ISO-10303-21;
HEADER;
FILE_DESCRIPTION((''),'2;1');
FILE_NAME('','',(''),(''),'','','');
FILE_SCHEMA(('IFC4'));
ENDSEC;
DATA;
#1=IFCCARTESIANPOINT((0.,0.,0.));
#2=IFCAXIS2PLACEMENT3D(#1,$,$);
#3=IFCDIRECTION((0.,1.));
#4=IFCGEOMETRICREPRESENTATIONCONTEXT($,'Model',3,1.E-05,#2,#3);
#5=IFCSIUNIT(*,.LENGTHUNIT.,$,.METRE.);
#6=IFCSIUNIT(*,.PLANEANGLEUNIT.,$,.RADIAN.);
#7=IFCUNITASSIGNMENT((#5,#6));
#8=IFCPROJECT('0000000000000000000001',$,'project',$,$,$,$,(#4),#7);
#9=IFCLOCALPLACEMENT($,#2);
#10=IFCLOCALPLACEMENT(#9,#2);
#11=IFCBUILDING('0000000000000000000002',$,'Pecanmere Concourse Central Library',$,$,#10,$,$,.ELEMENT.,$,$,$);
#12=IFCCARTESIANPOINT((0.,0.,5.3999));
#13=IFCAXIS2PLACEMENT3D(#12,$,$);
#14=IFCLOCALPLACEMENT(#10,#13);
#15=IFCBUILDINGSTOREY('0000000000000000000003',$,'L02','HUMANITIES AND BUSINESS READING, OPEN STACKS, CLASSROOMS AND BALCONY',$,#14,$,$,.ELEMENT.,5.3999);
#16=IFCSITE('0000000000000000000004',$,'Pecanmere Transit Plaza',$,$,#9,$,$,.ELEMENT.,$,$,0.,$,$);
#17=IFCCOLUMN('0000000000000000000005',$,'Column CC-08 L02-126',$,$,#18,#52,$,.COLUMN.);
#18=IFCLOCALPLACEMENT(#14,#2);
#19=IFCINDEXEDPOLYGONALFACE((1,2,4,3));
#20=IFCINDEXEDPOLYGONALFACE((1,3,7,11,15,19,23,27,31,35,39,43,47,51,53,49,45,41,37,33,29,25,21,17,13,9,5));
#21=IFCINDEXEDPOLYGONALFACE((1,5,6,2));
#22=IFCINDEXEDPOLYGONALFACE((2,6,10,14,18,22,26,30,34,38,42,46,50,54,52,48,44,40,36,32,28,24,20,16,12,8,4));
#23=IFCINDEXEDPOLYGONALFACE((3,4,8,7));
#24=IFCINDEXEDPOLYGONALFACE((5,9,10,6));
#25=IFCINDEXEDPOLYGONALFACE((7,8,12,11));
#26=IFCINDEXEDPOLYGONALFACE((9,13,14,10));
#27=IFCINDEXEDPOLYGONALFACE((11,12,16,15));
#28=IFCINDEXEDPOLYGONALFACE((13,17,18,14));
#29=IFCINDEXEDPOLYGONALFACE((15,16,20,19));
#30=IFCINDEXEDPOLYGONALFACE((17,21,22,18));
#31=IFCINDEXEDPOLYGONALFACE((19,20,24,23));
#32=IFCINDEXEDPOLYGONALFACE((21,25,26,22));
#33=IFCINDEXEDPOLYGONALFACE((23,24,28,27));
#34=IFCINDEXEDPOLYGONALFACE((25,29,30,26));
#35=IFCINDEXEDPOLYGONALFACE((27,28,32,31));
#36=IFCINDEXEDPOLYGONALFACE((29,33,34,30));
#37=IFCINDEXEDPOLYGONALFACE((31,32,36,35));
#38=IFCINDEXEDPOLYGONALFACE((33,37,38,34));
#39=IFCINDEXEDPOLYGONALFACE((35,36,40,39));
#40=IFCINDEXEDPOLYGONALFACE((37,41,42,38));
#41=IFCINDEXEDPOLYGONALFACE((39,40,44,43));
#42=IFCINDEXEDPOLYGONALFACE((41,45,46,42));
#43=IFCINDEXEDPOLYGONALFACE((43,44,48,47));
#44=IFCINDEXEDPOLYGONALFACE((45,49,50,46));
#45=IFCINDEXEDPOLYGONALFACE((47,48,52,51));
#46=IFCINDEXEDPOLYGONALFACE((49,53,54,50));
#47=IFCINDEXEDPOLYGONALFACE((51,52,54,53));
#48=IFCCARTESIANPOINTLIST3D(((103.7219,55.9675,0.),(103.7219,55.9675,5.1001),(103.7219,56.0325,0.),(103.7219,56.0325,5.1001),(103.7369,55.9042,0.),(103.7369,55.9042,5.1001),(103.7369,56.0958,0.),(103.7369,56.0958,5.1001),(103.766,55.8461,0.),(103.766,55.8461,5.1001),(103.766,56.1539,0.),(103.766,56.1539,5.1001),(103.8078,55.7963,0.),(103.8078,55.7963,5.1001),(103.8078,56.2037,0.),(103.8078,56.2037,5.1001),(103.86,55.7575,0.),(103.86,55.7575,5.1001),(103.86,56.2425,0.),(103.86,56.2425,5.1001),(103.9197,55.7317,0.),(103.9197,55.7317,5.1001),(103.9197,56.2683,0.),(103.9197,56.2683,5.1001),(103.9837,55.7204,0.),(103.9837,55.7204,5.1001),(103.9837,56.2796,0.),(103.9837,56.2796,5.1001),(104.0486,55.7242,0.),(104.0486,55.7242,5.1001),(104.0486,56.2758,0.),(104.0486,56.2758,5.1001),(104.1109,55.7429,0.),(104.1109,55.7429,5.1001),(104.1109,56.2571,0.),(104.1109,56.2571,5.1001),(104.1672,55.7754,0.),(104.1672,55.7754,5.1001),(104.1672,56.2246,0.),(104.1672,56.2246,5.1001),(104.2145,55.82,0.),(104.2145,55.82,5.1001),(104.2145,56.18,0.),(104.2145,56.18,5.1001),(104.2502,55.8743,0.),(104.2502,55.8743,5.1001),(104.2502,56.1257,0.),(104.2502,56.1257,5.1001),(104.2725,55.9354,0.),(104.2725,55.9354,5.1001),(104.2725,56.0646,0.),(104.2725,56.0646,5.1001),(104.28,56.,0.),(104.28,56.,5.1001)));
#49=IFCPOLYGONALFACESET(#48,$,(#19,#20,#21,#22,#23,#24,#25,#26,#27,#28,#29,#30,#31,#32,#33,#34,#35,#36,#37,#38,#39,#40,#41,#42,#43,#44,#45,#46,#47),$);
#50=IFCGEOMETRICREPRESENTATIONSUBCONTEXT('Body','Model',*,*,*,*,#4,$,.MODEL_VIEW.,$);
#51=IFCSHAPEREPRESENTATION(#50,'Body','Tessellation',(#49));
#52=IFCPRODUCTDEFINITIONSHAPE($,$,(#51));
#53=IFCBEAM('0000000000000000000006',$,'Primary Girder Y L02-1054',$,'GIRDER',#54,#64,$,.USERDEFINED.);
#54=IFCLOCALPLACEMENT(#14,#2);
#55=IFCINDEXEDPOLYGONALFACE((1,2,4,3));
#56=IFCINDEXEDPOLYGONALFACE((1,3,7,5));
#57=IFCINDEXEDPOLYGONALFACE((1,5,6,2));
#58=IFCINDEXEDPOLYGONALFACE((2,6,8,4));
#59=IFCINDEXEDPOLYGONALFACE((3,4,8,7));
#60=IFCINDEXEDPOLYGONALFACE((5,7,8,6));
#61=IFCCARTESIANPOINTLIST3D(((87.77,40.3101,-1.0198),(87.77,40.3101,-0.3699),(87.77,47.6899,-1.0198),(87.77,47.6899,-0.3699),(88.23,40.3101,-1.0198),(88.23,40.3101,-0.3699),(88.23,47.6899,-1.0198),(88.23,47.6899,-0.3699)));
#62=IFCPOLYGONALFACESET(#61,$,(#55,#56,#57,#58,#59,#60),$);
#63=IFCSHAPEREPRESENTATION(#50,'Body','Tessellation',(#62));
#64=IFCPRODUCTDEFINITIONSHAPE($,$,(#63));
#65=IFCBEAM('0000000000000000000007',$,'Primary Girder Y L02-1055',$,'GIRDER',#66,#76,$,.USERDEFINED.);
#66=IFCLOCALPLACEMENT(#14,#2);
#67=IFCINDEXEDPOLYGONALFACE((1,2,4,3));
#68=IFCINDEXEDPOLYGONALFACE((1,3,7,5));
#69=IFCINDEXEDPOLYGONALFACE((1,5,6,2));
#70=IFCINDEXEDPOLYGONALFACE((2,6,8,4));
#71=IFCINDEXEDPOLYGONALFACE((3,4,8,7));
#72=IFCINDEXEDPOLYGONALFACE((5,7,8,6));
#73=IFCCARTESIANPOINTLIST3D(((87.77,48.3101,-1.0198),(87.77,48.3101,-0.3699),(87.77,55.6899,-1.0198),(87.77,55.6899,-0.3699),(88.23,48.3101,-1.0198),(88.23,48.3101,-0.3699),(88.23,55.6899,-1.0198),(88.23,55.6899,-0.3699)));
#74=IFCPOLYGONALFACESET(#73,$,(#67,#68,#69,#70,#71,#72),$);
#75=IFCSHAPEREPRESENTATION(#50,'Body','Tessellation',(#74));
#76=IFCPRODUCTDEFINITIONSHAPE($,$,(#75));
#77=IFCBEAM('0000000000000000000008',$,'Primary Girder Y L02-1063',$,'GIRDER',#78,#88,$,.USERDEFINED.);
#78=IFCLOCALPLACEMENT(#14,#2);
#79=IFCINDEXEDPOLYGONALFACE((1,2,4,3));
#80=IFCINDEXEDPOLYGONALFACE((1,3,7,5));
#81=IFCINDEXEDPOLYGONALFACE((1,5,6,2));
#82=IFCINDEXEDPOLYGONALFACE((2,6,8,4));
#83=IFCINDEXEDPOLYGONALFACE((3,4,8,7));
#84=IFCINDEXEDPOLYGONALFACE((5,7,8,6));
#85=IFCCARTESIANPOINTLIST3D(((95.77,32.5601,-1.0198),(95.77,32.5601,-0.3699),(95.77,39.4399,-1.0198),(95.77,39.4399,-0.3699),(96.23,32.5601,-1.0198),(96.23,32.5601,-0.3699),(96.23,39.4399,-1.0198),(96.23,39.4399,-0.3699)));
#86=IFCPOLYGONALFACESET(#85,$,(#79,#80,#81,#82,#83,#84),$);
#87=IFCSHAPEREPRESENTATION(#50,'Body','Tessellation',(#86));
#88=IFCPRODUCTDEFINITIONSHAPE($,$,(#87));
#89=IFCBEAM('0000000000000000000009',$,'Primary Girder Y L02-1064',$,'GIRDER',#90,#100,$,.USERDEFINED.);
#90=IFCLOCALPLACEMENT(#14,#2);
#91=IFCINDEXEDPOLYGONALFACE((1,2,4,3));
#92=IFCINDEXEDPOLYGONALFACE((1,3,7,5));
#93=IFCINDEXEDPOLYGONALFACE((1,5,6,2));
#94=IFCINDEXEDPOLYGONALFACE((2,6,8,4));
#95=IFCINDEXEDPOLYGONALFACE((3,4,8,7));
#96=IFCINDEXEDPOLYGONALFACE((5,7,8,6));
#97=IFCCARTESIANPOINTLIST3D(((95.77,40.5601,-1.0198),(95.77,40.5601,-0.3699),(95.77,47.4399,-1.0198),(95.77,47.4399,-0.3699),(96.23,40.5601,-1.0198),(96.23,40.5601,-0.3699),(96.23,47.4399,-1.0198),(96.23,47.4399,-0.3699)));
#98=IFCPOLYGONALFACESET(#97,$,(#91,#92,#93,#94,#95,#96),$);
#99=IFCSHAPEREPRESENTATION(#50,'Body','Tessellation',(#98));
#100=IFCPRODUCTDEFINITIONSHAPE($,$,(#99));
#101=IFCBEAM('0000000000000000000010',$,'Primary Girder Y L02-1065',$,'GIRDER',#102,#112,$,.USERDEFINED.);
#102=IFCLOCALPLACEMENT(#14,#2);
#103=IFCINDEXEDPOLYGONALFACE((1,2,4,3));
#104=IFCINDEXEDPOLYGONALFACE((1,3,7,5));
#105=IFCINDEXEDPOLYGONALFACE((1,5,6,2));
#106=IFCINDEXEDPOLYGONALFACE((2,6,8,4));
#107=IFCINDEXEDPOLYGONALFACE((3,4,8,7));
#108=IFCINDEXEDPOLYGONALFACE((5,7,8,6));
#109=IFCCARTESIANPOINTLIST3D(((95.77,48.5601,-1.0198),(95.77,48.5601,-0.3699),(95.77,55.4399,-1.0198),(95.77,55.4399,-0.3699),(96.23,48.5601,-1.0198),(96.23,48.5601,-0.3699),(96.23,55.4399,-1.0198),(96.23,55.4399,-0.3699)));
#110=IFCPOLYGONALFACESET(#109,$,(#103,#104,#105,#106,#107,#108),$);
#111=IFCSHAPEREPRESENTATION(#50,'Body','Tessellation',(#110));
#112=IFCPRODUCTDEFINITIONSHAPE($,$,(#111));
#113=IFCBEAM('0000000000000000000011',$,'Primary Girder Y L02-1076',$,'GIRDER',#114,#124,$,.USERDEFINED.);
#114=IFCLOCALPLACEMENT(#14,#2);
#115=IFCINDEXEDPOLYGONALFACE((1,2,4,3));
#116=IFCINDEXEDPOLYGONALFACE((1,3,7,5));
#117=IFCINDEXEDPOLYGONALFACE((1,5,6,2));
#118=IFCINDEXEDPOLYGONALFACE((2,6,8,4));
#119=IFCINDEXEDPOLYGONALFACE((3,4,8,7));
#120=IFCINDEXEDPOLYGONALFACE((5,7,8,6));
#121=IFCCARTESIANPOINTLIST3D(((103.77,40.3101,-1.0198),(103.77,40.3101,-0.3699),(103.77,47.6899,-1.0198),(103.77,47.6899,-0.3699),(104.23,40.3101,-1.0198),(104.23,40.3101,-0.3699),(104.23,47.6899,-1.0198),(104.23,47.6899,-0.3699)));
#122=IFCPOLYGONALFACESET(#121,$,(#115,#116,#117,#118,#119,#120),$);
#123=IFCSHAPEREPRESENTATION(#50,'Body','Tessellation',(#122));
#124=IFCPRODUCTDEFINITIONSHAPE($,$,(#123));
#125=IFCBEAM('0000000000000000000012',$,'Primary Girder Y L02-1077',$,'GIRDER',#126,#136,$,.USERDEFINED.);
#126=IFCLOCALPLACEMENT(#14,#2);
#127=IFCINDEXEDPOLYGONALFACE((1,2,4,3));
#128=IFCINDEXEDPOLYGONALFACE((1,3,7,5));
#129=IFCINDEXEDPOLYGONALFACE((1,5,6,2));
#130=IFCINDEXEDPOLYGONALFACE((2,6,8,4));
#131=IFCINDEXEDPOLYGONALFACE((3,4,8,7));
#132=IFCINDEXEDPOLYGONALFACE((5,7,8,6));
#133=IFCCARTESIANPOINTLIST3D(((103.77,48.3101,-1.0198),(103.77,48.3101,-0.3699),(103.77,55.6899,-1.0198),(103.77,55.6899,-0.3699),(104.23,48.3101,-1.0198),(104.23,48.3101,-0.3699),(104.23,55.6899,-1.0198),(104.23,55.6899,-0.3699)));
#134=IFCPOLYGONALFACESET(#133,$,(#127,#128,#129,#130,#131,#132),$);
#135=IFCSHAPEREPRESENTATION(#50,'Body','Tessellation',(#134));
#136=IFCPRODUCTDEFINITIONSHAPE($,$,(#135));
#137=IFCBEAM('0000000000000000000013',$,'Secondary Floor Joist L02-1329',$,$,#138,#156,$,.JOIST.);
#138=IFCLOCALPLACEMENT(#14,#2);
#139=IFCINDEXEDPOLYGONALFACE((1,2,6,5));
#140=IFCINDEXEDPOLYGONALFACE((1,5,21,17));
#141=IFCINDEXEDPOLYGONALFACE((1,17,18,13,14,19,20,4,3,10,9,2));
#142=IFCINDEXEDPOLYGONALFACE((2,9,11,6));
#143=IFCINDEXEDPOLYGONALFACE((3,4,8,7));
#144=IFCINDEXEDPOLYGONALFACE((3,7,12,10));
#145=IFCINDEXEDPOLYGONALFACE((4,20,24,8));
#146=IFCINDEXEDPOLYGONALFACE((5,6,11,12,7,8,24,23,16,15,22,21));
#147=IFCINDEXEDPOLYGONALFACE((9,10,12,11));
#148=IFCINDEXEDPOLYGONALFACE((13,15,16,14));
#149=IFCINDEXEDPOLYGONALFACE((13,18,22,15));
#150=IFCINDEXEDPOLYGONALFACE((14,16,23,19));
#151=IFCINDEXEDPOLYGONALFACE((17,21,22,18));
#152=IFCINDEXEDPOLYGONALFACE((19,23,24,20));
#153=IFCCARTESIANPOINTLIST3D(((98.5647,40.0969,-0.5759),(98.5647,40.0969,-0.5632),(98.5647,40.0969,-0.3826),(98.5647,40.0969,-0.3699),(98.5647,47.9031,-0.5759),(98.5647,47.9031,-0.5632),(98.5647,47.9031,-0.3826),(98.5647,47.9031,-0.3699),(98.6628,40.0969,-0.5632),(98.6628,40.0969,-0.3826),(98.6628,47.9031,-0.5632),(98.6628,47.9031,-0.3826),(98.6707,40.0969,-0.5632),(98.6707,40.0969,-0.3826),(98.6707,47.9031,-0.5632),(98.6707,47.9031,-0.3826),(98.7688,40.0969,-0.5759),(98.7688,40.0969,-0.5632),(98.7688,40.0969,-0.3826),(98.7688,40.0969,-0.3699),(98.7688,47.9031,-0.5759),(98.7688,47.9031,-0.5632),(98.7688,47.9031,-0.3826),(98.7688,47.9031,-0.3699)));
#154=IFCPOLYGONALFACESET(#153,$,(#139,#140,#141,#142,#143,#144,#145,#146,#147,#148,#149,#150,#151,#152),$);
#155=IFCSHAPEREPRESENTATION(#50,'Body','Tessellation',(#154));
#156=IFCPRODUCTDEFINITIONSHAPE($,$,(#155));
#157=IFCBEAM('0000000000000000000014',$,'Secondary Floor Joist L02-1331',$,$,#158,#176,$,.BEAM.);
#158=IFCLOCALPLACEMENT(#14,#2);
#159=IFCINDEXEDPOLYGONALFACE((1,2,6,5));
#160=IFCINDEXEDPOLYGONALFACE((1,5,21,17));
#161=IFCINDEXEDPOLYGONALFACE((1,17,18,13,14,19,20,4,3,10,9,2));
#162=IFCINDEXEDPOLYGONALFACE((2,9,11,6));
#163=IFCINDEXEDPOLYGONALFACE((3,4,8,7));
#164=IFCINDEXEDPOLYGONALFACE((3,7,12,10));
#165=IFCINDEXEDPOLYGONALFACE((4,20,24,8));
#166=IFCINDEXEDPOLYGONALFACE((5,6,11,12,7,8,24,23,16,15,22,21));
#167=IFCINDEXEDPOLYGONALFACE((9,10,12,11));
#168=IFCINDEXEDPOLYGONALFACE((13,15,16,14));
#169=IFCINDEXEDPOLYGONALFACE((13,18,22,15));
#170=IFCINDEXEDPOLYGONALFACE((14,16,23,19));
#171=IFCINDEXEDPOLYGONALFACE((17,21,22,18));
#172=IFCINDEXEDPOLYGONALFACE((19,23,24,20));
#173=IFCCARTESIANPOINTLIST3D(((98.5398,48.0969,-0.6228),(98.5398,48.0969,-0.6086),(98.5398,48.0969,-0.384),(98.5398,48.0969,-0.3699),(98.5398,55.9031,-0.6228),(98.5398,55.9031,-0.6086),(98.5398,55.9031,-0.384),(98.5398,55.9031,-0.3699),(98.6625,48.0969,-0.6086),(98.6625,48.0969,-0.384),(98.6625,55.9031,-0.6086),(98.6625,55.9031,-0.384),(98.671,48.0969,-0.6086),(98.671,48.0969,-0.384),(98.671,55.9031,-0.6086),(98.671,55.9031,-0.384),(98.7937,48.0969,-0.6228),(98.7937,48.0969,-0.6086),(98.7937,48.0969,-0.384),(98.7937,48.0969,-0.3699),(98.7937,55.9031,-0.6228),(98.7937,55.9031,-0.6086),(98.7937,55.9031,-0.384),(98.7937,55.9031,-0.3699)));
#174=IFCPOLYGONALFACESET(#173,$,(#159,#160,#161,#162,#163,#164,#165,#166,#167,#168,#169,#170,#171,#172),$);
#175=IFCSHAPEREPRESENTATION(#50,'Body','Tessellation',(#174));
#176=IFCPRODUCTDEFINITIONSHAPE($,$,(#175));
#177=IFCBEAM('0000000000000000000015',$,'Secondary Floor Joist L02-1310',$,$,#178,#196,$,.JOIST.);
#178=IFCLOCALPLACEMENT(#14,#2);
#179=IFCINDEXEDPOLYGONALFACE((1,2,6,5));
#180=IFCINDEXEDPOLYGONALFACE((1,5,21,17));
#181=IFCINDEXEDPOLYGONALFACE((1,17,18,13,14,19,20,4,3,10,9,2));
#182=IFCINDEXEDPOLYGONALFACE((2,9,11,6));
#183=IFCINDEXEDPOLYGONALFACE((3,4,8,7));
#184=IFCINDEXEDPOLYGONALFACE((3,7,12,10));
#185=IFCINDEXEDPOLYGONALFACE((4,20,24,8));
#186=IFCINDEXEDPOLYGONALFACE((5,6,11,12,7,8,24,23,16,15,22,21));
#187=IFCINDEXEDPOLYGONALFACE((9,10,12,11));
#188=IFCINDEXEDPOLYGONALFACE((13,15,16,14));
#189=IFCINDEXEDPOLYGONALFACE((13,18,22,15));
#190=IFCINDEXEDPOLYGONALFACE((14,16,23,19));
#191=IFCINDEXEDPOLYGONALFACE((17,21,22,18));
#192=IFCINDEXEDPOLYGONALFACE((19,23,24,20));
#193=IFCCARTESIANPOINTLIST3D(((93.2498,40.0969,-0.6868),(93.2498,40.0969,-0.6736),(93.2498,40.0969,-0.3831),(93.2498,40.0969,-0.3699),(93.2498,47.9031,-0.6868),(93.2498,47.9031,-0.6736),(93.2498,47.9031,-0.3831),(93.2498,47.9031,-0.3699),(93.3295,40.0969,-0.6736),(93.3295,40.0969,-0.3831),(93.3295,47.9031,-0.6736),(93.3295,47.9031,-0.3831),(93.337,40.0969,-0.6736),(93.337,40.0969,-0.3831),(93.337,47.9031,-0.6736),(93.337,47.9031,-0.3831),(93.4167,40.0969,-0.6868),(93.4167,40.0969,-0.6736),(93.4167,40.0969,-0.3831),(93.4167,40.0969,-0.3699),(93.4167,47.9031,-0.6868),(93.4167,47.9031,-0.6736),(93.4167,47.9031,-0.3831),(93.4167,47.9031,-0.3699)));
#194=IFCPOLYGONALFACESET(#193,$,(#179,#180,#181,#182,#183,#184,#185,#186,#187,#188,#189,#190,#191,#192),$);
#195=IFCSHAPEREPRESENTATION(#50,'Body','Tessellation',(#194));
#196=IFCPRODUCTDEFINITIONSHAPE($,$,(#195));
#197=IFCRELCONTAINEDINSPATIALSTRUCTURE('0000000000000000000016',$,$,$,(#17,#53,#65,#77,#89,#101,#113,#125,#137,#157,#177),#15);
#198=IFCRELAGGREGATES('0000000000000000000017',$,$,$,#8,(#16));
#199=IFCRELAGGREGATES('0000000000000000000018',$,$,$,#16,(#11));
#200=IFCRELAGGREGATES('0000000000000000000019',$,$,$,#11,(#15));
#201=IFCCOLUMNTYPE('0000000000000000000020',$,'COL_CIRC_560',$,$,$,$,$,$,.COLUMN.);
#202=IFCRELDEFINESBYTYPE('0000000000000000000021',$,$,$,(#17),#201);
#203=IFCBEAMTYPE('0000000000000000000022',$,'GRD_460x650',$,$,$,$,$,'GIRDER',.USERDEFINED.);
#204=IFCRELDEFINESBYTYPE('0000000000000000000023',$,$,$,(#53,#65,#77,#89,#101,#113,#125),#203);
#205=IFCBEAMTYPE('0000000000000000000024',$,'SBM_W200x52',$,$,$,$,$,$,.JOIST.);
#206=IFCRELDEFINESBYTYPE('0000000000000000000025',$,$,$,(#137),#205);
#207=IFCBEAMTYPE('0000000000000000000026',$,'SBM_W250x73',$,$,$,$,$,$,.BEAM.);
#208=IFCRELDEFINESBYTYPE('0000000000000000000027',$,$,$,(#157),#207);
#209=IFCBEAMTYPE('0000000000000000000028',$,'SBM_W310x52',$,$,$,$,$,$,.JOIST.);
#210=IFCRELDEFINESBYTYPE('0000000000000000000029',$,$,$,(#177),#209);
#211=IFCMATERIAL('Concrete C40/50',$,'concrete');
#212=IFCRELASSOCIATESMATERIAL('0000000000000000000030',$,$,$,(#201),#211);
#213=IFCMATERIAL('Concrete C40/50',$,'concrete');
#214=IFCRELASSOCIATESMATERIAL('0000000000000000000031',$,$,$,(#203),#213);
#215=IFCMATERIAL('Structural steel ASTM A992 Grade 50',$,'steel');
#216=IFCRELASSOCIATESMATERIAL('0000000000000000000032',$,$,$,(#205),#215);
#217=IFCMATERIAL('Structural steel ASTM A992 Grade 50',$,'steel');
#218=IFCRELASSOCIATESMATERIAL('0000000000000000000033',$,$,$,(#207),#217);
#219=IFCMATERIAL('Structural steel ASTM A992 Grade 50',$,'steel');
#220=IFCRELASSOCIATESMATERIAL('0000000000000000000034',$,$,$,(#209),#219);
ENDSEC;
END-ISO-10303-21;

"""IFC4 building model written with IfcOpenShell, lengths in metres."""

from ifc_helpers import new_model, si_unit, direction, frame, origin, origin_2d, place, context, subcontext, project, spatial, rectangle, circle, i_section, extrude, material, material_profile, profile_set, type_object, element, save


model = new_model("IFC4")

# Units and contexts
model_context = context("Model", 3, precision=1e-05, world=origin(), true_north=direction((0.0, 1.0)))
body_context = subcontext(model_context, "Body", "Model", "MODEL_VIEW")
ifc_project = project(units=[si_unit("LENGTHUNIT", "METRE"), si_unit("PLANEANGLEUNIT", "RADIAN")], contexts=[model_context])

# Site, building, storey
site_placement = place(None, origin())
site = spatial("IfcSite", under=ifc_project, at=site_placement, Name="Pecanmere Transit Plaza", CompositionType="ELEMENT", RefElevation=0.0)
building_placement = place(site_placement, origin())
building = spatial("IfcBuilding", under=site, at=building_placement, Name="Pecanmere Concourse Central Library", CompositionType="ELEMENT")
storey_placement = place(building_placement, frame((0.0, 0.0, 5.3999)))
storey = spatial("IfcBuildingStorey", under=building, at=storey_placement, Name="L02", Description="HUMANITIES AND BUSINESS READING, OPEN STACKS, CLASSROOMS AND BALCONY", CompositionType="ELEMENT", Elevation=5.3999)

# Column
ifc_material_1 = material(Name="Concrete C40/50", Category="concrete")
ifc_material_profile_1 = material_profile(ifc_material_1, circle(Radius=0.28, at=origin_2d()), Name="RC D560")
ifc_profile_set_1 = profile_set([ifc_material_profile_1], Name="Concrete C40/50")
column_type = type_object("IfcColumnType", Name="COL_CIRC_560", PredefinedType="COLUMN", material=ifc_profile_set_1)
for number, where, z_axis, x_axis, name in (
    (1, (104.0, 56.0, 0.0), (0.0, 0.0, 1.0), (1.0, 0.0, 0.0), "Column CC-08 L02-126"),
):
    element("IfcColumn", number, at=place(storey_placement, frame(where, z_axis=z_axis, x_axis=x_axis)), inside=storey, type_object=column_type, Name=name, PredefinedType="COLUMN", context=body_context, shape_type="SweptSolid", body=[
        extrude(circle(Radius=0.28, at=origin_2d()), origin(), (0.0, 0.0, 1.0), 5.1001),
    ])

# Beams
ifc_material_2 = material(Name="Concrete C40/50", Category="concrete")
ifc_material_profile_2 = material_profile(ifc_material_2, rectangle(XDim=0.46, YDim=0.6499, at=origin_2d()), Name="RC 460x650")
ifc_profile_set_2 = profile_set([ifc_material_profile_2], Name="Concrete C40/50")
beam_type_1 = type_object("IfcBeamType", Name="GRD_460x650", ElementType="GIRDER", PredefinedType="USERDEFINED", material=ifc_profile_set_2)
for number, where, z_axis, x_axis, name in (
    (2, (88.0, 40.3101, -0.6948), (0.0, 1.0, 0.0), (-1.0, 0.0, 0.0), "Primary Girder Y L02-1054"),
    (3, (88.0, 48.3101, -0.6948), (0.0, 1.0, 0.0), (-1.0, 0.0, 0.0), "Primary Girder Y L02-1055"),
):
    element("IfcBeam", number, at=place(storey_placement, frame(where, z_axis=z_axis, x_axis=x_axis)), inside=storey, type_object=beam_type_1, Name=name, ObjectType="GIRDER", PredefinedType="USERDEFINED", context=body_context, shape_type="SweptSolid", body=[
        extrude(rectangle(XDim=0.46, YDim=0.6499, at=origin_2d()), origin(), (0.0, 0.0, 1.0), 7.3799),
    ])
for number, where, z_axis, x_axis, name in (
    (4, (96.0, 32.5601, -0.6948), (0.0, 1.0, 0.0), (-1.0, 0.0, 0.0), "Primary Girder Y L02-1063"),
    (5, (96.0, 40.5601, -0.6948), (0.0, 1.0, 0.0), (-1.0, 0.0, 0.0), "Primary Girder Y L02-1064"),
    (6, (96.0, 48.5601, -0.6948), (0.0, 1.0, 0.0), (-1.0, 0.0, 0.0), "Primary Girder Y L02-1065"),
):
    element("IfcBeam", number, at=place(storey_placement, frame(where, z_axis=z_axis, x_axis=x_axis)), inside=storey, type_object=beam_type_1, Name=name, ObjectType="GIRDER", PredefinedType="USERDEFINED", context=body_context, shape_type="SweptSolid", body=[
        extrude(rectangle(XDim=0.46, YDim=0.6499, at=origin_2d()), origin(), (0.0, 0.0, 1.0), 6.8799),
    ])
for number, where, z_axis, x_axis, name in (
    (7, (104.0, 40.3101, -0.6948), (0.0, 1.0, 0.0), (-1.0, 0.0, 0.0), "Primary Girder Y L02-1076"),
    (8, (104.0, 48.3101, -0.6948), (0.0, 1.0, 0.0), (-1.0, 0.0, 0.0), "Primary Girder Y L02-1077"),
):
    element("IfcBeam", number, at=place(storey_placement, frame(where, z_axis=z_axis, x_axis=x_axis)), inside=storey, type_object=beam_type_1, Name=name, ObjectType="GIRDER", PredefinedType="USERDEFINED", context=body_context, shape_type="SweptSolid", body=[
        extrude(rectangle(XDim=0.46, YDim=0.6499, at=origin_2d()), origin(), (0.0, 0.0, 1.0), 7.3799),
    ])
ifc_material_3 = material(Name="Structural steel ASTM A992 Grade 50", Category="steel")
ifc_material_profile_3 = material_profile(ifc_material_3, i_section(OverallWidth=0.2041, OverallDepth=0.2061, WebThickness=0.0078, FlangeThickness=0.0127, at=origin_2d()), Name="W200x52")
ifc_profile_set_3 = profile_set([ifc_material_profile_3], Name="Structural steel ASTM A992 Grade 50")
beam_type_2 = type_object("IfcBeamType", Name="SBM_W200x52", PredefinedType="JOIST", material=ifc_profile_set_3)
beam_1_placement = place(storey_placement, frame((98.6667, 40.0969, -0.4729), z_axis=(0.0, 1.0, 0.0), x_axis=(-1.0, 0.0, 0.0)))
element("IfcBeam", 9, at=beam_1_placement, inside=storey, type_object=beam_type_2, Name="Secondary Floor Joist L02-1329", PredefinedType="JOIST", context=body_context, shape_type="SweptSolid", body=[
    extrude(i_section(OverallWidth=0.2041, OverallDepth=0.2061, WebThickness=0.0078, FlangeThickness=0.0127, at=origin_2d()), origin(), (0.0, 0.0, 1.0), 7.8062),
])
ifc_material_4 = material(Name="Structural steel ASTM A992 Grade 50", Category="steel")
ifc_material_profile_4 = material_profile(ifc_material_4, i_section(OverallWidth=0.2539, OverallDepth=0.2529, WebThickness=0.0085, FlangeThickness=0.0142, at=origin_2d()), Name="W250x73")
ifc_profile_set_4 = profile_set([ifc_material_profile_4], Name="Structural steel ASTM A992 Grade 50")
beam_type_3 = type_object("IfcBeamType", Name="SBM_W250x73", PredefinedType="BEAM", material=ifc_profile_set_4)
beam_2_placement = place(storey_placement, frame((98.6667, 48.0969, -0.4963), z_axis=(0.0, 1.0, 0.0), x_axis=(-1.0, 0.0, 0.0)))
element("IfcBeam", 10, at=beam_2_placement, inside=storey, type_object=beam_type_3, Name="Secondary Floor Joist L02-1331", PredefinedType="BEAM", context=body_context, shape_type="SweptSolid", body=[
    extrude(i_section(OverallWidth=0.2539, OverallDepth=0.2529, WebThickness=0.0085, FlangeThickness=0.0142, at=origin_2d()), origin(), (0.0, 0.0, 1.0), 7.8062),
])
ifc_material_5 = material(Name="Structural steel ASTM A992 Grade 50", Category="steel")
ifc_material_profile_5 = material_profile(ifc_material_5, i_section(OverallWidth=0.167, OverallDepth=0.3169, WebThickness=0.0076, FlangeThickness=0.0132, at=origin_2d()), Name="W310x52")
ifc_profile_set_5 = profile_set([ifc_material_profile_5], Name="Structural steel ASTM A992 Grade 50")
beam_type_4 = type_object("IfcBeamType", Name="SBM_W310x52", PredefinedType="JOIST", material=ifc_profile_set_5)
beam_3_placement = place(storey_placement, frame((93.3333, 40.0969, -0.5283), z_axis=(0.0, 1.0, 0.0), x_axis=(-1.0, 0.0, 0.0)))
element("IfcBeam", 11, at=beam_3_placement, inside=storey, type_object=beam_type_4, Name="Secondary Floor Joist L02-1310", PredefinedType="JOIST", context=body_context, shape_type="SweptSolid", body=[
    extrude(i_section(OverallWidth=0.167, OverallDepth=0.3169, WebThickness=0.0076, FlangeThickness=0.0132, at=origin_2d()), origin(), (0.0, 0.0, 1.0), 7.8062),
])

save(model, "model.ifc")
